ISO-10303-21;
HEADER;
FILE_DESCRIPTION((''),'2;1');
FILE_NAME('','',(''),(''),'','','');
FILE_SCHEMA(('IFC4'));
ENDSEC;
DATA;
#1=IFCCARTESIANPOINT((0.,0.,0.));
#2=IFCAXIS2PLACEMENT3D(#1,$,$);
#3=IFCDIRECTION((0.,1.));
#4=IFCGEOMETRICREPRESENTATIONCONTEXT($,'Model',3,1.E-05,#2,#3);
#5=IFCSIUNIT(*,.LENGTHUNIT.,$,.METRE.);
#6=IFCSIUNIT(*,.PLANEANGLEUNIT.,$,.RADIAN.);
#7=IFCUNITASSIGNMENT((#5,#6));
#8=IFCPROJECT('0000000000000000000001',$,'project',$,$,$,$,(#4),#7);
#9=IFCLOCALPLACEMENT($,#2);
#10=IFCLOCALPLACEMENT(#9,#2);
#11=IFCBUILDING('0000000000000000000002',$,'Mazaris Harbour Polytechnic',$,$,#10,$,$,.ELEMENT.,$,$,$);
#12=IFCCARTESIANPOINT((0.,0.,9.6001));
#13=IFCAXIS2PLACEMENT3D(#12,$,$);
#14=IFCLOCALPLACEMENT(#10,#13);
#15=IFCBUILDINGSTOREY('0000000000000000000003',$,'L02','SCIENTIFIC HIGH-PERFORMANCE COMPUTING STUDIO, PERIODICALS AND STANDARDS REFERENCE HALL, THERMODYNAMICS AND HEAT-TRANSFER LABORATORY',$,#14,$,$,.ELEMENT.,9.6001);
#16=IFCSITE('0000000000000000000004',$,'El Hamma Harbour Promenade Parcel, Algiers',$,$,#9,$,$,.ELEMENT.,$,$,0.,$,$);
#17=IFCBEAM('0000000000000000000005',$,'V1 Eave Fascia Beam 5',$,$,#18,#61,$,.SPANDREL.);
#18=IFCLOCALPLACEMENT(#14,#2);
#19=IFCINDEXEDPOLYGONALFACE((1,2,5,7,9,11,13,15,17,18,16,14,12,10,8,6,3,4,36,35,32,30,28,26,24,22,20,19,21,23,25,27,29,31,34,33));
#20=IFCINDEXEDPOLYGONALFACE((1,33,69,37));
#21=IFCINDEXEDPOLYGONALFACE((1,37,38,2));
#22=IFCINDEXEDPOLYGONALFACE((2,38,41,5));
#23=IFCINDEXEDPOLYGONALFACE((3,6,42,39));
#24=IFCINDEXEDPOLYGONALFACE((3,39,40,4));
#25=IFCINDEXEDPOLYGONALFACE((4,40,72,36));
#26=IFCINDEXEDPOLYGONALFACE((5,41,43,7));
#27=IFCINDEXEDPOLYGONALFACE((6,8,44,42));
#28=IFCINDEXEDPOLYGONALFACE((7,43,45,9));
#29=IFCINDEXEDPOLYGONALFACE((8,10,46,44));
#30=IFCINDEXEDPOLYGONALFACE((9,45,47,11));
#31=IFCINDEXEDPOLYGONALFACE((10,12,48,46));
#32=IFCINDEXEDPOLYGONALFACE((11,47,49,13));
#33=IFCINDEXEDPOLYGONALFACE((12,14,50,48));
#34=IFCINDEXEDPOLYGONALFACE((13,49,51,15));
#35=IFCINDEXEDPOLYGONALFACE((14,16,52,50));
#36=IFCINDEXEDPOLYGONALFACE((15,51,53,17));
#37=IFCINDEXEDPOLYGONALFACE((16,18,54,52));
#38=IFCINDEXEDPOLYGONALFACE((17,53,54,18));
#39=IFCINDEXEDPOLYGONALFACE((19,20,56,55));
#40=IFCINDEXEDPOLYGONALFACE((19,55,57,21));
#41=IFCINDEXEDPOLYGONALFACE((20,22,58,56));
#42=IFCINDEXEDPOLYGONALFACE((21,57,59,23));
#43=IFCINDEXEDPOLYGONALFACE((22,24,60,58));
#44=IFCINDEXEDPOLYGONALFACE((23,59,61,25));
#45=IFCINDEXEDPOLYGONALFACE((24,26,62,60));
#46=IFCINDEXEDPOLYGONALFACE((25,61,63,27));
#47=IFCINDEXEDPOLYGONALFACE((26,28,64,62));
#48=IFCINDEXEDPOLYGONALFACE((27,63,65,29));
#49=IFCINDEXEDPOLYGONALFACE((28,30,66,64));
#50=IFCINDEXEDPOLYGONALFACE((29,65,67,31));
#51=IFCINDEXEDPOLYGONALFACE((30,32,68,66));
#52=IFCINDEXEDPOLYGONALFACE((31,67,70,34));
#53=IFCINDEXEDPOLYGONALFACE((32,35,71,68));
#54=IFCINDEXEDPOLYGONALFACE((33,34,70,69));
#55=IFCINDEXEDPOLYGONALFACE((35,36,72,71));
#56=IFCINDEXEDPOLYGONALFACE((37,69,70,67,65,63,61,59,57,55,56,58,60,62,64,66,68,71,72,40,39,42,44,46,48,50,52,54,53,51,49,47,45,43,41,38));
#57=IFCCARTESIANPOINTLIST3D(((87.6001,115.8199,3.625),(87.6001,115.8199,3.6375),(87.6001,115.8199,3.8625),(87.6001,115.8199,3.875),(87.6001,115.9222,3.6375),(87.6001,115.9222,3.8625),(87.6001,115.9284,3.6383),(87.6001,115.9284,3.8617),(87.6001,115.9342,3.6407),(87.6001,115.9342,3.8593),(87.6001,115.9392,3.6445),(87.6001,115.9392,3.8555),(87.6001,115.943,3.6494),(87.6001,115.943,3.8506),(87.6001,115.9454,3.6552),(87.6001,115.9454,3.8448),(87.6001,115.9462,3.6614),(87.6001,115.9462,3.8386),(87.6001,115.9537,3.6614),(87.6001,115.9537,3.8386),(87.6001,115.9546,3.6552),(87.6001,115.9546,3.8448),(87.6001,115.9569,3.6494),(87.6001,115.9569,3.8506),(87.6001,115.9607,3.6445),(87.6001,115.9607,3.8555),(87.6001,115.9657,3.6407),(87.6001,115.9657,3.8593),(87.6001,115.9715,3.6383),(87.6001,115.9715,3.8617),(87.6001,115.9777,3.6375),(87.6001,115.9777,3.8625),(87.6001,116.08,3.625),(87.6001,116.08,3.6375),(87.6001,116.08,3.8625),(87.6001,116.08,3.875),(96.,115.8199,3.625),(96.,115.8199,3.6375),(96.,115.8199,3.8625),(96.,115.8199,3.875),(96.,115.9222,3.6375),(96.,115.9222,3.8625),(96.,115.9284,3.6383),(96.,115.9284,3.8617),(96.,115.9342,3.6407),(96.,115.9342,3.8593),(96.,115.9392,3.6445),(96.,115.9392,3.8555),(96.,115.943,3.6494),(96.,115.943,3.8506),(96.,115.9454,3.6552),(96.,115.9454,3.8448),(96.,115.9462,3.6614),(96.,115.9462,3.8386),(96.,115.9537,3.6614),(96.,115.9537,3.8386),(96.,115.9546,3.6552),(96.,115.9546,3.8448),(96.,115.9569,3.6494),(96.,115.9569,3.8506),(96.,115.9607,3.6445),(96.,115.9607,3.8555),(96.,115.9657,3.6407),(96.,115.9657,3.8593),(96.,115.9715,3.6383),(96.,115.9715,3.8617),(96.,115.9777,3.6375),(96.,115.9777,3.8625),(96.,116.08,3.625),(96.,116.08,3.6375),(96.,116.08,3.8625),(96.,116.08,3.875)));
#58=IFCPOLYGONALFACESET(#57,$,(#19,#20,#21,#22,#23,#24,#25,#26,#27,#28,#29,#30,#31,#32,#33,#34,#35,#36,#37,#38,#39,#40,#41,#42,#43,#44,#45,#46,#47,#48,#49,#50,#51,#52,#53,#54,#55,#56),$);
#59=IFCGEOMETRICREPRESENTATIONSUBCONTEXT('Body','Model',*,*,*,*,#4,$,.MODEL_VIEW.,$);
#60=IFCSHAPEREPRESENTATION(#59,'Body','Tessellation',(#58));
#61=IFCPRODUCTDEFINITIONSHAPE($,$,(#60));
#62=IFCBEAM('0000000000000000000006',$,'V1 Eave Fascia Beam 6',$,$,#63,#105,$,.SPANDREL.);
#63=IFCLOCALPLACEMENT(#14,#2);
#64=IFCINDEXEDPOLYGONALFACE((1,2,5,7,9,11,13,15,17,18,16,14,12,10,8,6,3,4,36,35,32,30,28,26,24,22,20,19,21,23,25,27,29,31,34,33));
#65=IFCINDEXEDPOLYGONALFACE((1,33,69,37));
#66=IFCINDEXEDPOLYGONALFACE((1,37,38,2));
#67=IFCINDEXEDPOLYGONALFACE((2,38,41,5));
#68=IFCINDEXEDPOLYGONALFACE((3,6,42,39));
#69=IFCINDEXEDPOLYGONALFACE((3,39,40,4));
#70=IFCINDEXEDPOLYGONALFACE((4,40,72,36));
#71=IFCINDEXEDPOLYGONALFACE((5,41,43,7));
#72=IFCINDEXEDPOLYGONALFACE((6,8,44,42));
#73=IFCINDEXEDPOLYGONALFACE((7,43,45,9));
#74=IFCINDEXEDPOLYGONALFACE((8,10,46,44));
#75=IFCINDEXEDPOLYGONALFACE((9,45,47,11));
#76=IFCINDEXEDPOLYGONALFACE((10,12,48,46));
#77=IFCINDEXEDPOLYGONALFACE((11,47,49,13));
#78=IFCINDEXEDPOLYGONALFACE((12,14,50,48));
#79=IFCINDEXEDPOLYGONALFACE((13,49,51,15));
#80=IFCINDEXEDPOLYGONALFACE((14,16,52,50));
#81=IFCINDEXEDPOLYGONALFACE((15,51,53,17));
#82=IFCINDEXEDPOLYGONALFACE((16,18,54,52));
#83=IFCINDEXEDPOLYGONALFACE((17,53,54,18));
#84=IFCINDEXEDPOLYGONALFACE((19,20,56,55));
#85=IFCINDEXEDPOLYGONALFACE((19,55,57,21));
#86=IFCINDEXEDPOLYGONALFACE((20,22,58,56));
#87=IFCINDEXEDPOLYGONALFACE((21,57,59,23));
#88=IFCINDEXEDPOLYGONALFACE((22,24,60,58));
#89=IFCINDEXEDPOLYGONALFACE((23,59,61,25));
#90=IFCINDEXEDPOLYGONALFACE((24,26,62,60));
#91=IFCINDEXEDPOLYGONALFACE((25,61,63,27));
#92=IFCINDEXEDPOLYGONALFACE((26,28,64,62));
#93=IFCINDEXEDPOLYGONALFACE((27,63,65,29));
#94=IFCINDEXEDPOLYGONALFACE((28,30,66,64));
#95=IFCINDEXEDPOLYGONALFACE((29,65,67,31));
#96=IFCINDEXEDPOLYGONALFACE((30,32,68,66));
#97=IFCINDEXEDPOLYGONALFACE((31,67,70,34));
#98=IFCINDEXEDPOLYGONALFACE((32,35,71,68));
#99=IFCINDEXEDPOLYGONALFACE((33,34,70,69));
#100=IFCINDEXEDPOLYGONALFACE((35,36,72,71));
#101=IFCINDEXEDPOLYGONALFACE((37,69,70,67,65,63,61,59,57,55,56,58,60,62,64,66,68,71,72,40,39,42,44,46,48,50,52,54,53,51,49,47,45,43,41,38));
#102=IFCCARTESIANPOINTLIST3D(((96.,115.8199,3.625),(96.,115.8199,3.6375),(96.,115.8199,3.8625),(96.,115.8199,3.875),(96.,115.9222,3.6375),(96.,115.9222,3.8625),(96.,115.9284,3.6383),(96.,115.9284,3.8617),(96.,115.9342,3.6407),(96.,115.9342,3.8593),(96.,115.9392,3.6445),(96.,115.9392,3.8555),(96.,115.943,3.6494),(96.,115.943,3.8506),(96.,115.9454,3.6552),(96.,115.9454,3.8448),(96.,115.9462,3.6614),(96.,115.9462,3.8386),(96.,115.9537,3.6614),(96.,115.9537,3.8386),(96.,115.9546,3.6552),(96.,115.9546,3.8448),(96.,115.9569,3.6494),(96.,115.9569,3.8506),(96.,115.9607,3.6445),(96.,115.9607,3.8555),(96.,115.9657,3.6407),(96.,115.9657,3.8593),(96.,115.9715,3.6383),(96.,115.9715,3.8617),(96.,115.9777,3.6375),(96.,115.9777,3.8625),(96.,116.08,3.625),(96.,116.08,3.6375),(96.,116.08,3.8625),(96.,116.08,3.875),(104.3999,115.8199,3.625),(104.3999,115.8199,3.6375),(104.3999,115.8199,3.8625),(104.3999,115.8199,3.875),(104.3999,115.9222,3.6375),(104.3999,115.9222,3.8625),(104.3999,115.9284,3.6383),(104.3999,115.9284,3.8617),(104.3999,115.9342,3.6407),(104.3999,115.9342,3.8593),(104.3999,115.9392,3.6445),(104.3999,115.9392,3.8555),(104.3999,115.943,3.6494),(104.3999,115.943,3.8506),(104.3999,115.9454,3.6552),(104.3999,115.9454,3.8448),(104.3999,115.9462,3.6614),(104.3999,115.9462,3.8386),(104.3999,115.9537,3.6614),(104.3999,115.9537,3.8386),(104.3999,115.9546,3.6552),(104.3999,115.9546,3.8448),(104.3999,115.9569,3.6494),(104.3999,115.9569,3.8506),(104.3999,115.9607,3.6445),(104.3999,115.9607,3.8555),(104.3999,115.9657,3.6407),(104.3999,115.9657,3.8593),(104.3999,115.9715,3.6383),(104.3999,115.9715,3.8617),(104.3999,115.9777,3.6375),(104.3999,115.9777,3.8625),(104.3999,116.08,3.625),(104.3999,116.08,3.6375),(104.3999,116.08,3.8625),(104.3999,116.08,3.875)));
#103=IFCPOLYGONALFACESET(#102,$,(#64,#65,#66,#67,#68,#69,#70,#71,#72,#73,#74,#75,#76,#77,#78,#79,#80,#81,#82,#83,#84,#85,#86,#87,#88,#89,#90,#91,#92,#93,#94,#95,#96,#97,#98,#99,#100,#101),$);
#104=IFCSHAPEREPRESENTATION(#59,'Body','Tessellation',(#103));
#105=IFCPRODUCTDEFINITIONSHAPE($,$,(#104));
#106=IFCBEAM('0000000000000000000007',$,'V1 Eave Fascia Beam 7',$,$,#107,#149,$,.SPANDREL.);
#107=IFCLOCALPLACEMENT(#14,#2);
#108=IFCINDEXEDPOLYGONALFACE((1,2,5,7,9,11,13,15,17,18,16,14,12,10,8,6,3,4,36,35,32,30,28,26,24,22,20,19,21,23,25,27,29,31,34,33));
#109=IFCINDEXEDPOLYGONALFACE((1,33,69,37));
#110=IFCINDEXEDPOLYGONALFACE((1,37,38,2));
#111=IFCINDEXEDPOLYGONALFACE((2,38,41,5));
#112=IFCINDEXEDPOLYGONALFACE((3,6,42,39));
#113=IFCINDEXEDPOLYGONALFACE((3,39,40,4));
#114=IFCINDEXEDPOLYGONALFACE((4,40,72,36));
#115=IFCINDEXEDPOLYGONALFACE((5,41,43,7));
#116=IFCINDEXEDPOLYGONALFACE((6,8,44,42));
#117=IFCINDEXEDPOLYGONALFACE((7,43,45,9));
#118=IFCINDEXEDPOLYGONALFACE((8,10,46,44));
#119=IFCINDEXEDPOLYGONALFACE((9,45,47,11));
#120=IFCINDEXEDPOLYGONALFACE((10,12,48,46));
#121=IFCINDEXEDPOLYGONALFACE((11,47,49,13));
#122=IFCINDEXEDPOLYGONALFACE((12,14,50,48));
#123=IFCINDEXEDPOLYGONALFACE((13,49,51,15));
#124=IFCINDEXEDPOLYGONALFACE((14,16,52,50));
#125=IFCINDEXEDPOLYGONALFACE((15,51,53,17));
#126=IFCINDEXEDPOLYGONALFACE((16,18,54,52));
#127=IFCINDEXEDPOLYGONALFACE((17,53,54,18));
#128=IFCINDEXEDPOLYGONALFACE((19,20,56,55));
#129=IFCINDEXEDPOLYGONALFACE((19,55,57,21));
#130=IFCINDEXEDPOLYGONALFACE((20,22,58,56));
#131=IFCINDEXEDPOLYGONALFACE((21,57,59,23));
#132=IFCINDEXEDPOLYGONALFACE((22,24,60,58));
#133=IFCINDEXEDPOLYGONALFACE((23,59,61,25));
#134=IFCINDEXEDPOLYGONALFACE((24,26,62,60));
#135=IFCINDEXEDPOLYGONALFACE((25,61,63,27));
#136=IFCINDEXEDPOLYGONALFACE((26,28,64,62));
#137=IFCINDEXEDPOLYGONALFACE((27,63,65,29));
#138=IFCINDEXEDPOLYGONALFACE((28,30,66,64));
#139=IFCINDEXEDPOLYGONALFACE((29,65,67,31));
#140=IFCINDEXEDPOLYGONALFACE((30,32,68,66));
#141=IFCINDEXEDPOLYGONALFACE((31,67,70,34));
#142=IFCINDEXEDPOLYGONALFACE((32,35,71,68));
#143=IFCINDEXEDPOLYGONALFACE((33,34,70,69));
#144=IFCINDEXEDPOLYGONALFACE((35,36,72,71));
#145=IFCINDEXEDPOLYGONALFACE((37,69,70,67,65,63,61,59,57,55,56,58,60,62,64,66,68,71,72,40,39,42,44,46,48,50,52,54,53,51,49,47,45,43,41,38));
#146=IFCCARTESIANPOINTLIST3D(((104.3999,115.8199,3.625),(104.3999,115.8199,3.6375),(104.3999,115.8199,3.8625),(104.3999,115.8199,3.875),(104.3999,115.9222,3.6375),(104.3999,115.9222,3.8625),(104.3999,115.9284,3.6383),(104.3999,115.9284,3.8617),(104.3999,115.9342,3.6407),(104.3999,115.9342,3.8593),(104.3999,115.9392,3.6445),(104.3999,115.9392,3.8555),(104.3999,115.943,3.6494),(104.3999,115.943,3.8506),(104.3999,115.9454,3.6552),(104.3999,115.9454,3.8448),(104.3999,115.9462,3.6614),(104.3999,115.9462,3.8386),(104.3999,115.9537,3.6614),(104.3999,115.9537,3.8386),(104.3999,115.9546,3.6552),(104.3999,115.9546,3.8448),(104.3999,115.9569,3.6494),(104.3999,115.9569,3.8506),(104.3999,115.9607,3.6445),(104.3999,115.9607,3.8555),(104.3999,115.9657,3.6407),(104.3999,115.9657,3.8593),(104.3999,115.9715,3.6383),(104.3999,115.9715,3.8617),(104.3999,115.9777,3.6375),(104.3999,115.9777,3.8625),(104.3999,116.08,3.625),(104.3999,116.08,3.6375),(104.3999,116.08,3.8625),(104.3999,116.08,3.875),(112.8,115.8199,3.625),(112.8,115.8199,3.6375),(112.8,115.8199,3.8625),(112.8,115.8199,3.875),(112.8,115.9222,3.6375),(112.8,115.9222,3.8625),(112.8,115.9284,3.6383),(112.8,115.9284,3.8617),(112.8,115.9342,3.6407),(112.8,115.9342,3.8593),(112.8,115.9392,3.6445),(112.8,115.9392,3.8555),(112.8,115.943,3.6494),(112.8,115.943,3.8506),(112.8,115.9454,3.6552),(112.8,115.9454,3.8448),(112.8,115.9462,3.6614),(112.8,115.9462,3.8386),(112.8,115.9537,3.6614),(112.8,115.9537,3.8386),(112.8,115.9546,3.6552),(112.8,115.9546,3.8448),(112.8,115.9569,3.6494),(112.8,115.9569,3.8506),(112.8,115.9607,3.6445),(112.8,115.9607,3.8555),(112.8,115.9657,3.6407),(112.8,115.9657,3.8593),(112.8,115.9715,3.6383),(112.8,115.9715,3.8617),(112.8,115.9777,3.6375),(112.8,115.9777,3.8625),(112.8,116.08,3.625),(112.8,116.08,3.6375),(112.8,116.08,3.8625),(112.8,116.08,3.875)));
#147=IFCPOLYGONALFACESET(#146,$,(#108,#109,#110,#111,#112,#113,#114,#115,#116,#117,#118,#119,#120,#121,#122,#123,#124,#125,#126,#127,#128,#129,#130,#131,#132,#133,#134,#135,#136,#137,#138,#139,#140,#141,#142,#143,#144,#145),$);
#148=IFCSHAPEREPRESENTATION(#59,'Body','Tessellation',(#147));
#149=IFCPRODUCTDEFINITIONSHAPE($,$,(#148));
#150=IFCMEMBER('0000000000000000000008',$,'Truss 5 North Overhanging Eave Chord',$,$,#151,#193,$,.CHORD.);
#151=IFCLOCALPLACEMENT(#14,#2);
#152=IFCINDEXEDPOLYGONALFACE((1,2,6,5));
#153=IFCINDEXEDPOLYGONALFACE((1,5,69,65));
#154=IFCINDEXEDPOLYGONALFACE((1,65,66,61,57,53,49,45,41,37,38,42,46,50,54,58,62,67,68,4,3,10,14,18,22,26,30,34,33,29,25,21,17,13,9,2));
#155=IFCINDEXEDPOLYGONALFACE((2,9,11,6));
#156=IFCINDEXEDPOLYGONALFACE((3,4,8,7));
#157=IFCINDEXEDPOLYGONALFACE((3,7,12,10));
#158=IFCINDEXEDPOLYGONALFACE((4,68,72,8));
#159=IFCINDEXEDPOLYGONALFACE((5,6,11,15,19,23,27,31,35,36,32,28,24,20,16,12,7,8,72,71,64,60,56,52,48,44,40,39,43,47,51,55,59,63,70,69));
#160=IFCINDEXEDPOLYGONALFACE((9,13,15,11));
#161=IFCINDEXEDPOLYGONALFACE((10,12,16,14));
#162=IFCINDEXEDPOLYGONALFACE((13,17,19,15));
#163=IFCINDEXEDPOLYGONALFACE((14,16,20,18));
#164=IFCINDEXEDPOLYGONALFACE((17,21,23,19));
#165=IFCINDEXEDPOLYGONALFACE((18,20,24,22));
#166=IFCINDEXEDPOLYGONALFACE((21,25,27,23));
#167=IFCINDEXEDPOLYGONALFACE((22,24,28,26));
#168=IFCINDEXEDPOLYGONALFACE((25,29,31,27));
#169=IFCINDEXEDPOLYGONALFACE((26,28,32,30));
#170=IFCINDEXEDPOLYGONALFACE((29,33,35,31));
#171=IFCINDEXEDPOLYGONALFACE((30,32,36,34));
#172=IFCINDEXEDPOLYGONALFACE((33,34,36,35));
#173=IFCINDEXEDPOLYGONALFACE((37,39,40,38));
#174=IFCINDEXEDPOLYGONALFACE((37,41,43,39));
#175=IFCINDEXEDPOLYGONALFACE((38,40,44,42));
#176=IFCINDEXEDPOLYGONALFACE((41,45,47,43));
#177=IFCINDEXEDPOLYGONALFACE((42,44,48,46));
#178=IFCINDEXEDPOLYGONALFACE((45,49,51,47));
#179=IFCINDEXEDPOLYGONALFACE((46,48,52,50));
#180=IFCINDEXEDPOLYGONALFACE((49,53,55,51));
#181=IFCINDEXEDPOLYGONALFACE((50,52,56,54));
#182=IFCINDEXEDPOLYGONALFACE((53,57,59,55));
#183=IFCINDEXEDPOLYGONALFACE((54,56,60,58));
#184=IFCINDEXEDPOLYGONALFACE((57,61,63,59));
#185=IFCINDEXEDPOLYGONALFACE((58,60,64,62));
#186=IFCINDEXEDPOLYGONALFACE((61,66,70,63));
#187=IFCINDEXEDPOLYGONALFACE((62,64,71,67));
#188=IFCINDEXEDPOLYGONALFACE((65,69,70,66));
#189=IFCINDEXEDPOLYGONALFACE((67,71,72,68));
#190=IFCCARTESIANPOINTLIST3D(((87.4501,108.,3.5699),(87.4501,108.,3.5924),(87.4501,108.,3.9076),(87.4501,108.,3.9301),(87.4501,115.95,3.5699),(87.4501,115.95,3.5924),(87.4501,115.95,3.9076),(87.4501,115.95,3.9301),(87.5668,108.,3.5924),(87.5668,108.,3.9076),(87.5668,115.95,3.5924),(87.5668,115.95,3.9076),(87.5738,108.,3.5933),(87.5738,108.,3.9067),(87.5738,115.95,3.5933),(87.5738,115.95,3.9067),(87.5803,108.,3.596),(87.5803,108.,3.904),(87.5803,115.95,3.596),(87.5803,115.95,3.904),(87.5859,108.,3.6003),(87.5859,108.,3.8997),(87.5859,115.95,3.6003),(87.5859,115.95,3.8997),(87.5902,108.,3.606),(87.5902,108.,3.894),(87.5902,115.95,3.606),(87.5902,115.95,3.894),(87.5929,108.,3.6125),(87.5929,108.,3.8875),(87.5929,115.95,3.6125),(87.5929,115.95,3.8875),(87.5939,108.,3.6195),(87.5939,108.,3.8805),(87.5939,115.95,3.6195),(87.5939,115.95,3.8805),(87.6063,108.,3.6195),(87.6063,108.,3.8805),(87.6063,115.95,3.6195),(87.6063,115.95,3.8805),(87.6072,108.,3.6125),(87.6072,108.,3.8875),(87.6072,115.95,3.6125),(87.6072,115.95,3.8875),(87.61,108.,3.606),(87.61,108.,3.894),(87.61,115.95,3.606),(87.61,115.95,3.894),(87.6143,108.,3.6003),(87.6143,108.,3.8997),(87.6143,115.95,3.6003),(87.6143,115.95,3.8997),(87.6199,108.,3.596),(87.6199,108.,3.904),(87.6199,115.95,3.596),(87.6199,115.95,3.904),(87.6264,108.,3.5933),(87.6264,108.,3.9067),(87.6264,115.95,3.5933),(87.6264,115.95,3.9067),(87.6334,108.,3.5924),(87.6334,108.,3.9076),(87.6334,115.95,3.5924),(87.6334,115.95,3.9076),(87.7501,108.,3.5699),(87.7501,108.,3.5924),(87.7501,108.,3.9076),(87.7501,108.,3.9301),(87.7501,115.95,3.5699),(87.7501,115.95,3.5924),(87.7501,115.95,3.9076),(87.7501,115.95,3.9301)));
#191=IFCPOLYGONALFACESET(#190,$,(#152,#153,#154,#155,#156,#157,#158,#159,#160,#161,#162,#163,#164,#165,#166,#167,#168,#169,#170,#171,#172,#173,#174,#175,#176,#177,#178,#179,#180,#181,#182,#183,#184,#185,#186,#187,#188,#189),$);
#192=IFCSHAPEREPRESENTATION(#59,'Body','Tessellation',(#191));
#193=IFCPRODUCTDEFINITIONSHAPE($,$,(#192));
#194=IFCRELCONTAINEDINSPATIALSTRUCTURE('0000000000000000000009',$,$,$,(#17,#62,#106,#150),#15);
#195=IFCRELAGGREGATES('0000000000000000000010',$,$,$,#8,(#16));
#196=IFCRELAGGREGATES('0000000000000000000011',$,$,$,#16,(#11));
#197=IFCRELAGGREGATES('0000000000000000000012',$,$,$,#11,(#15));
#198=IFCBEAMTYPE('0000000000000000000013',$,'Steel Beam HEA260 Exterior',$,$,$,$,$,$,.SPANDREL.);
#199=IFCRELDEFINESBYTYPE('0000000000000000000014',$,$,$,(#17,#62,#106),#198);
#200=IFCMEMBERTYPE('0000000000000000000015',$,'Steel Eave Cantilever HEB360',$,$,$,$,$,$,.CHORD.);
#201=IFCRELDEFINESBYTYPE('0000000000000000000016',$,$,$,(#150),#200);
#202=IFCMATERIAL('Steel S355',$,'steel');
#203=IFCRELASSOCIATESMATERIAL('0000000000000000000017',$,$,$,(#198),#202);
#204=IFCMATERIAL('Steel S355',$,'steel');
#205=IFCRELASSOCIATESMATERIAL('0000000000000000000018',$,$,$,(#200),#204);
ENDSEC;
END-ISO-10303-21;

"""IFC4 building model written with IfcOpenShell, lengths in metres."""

from ifc_helpers import new_model, si_unit, direction, frame, origin, origin_2d, place, context, subcontext, project, spatial, i_section, extrude, material, material_profile, profile_set, type_object, element, save


model = new_model("IFC4")

# Units and contexts
model_context = context("Model", 3, precision=1e-05, world=origin(), true_north=direction((0.0, 1.0)))
body_context = subcontext(model_context, "Body", "Model", "MODEL_VIEW")
ifc_project = project(units=[si_unit("LENGTHUNIT", "METRE"), si_unit("PLANEANGLEUNIT", "RADIAN")], contexts=[model_context])

# Site, building, storey
site_placement = place(None, origin())
site = spatial("IfcSite", under=ifc_project, at=site_placement, Name="El Hamma Harbour Promenade Parcel, Algiers", CompositionType="ELEMENT", RefElevation=0.0)
building_placement = place(site_placement, origin())
building = spatial("IfcBuilding", under=site, at=building_placement, Name="Mazaris Harbour Polytechnic", CompositionType="ELEMENT")
storey_placement = place(building_placement, frame((0.0, 0.0, 9.6001)))
storey = spatial("IfcBuildingStorey", under=building, at=storey_placement, Name="L02", Description="SCIENTIFIC HIGH-PERFORMANCE COMPUTING STUDIO, PERIODICALS AND STANDARDS REFERENCE HALL, THERMODYNAMICS AND HEAT-TRANSFER LABORATORY", CompositionType="ELEMENT", Elevation=9.6001)

# Beams
ifc_material_1 = material(Name="Steel S355", Category="steel")
ifc_material_profile_1 = material_profile(ifc_material_1, i_section(OverallWidth=0.26, OverallDepth=0.25, WebThickness=0.0076, FlangeThickness=0.0125, FilletRadius=0.0239, at=origin_2d()), Name="HEA 260")
ifc_profile_set_1 = profile_set([ifc_material_profile_1], Name="Steel S355")
beam_type = type_object("IfcBeamType", Name="Steel Beam HEA260 Exterior", PredefinedType="SPANDREL", material=ifc_profile_set_1)
for number, where, z_axis, x_axis, name in (
    (1, (87.6001, 115.95, 3.75), (1.0, 0.0, 0.0), (0.0, 1.0, 0.0), "V1 Eave Fascia Beam 5"),
    (2, (96.0, 115.95, 3.75), (1.0, 0.0, 0.0), (0.0, 1.0, 0.0), "V1 Eave Fascia Beam 6"),
):
    element("IfcBeam", number, at=place(storey_placement, frame(where, z_axis=z_axis, x_axis=x_axis)), inside=storey, type_object=beam_type, Name=name, PredefinedType="SPANDREL", context=body_context, shape_type="SweptSolid", body=[
        extrude(i_section(OverallWidth=0.26, OverallDepth=0.25, WebThickness=0.0076, FlangeThickness=0.0125, FilletRadius=0.0239, at=origin_2d()), origin(), (0.0, 0.0, 1.0), 8.3999),
    ])
beam_placement = place(storey_placement, frame((104.3999, 115.95, 3.75), z_axis=(1.0, 0.0, 0.0), x_axis=(0.0, 1.0, 0.0)))
element("IfcBeam", 3, at=beam_placement, inside=storey, type_object=beam_type, Name="V1 Eave Fascia Beam 7", PredefinedType="SPANDREL", context=body_context, shape_type="SweptSolid", body=[
    extrude(i_section(OverallWidth=0.26, OverallDepth=0.25, WebThickness=0.0076, FlangeThickness=0.0125, FilletRadius=0.0239, at=origin_2d()), origin(), (0.0, 0.0, 1.0), 8.4001),
])

# Member
ifc_material_2 = material(Name="Steel S355", Category="steel")
ifc_material_profile_2 = material_profile(ifc_material_2, i_section(OverallWidth=0.3, OverallDepth=0.3601, WebThickness=0.0125, FlangeThickness=0.0225, FilletRadius=0.0271, at=origin_2d()), Name="HEB 360")
ifc_profile_set_2 = profile_set([ifc_material_profile_2], Name="Steel S355")
member_type_1 = type_object("IfcMemberType", Name="Steel Eave Cantilever HEB360", PredefinedType="CHORD", material=ifc_profile_set_2)
for number, where, z_axis, x_axis, name in (
    (4, (87.6001, 108.0, 3.75), (0.0, 1.0, 0.0), (-1.0, 0.0, 0.0), "Truss 5 North Overhanging Eave Chord"),
):
    element("IfcMember", number, at=place(storey_placement, frame(where, z_axis=z_axis, x_axis=x_axis)), inside=storey, type_object=member_type_1, Name=name, PredefinedType="CHORD", context=body_context, shape_type="SweptSolid", body=[
        extrude(i_section(OverallWidth=0.3, OverallDepth=0.3601, WebThickness=0.0125, FlangeThickness=0.0225, FilletRadius=0.0271, at=origin_2d()), origin(), (0.0, 0.0, 1.0), 7.95),
    ])

save(model, "model.ifc")
